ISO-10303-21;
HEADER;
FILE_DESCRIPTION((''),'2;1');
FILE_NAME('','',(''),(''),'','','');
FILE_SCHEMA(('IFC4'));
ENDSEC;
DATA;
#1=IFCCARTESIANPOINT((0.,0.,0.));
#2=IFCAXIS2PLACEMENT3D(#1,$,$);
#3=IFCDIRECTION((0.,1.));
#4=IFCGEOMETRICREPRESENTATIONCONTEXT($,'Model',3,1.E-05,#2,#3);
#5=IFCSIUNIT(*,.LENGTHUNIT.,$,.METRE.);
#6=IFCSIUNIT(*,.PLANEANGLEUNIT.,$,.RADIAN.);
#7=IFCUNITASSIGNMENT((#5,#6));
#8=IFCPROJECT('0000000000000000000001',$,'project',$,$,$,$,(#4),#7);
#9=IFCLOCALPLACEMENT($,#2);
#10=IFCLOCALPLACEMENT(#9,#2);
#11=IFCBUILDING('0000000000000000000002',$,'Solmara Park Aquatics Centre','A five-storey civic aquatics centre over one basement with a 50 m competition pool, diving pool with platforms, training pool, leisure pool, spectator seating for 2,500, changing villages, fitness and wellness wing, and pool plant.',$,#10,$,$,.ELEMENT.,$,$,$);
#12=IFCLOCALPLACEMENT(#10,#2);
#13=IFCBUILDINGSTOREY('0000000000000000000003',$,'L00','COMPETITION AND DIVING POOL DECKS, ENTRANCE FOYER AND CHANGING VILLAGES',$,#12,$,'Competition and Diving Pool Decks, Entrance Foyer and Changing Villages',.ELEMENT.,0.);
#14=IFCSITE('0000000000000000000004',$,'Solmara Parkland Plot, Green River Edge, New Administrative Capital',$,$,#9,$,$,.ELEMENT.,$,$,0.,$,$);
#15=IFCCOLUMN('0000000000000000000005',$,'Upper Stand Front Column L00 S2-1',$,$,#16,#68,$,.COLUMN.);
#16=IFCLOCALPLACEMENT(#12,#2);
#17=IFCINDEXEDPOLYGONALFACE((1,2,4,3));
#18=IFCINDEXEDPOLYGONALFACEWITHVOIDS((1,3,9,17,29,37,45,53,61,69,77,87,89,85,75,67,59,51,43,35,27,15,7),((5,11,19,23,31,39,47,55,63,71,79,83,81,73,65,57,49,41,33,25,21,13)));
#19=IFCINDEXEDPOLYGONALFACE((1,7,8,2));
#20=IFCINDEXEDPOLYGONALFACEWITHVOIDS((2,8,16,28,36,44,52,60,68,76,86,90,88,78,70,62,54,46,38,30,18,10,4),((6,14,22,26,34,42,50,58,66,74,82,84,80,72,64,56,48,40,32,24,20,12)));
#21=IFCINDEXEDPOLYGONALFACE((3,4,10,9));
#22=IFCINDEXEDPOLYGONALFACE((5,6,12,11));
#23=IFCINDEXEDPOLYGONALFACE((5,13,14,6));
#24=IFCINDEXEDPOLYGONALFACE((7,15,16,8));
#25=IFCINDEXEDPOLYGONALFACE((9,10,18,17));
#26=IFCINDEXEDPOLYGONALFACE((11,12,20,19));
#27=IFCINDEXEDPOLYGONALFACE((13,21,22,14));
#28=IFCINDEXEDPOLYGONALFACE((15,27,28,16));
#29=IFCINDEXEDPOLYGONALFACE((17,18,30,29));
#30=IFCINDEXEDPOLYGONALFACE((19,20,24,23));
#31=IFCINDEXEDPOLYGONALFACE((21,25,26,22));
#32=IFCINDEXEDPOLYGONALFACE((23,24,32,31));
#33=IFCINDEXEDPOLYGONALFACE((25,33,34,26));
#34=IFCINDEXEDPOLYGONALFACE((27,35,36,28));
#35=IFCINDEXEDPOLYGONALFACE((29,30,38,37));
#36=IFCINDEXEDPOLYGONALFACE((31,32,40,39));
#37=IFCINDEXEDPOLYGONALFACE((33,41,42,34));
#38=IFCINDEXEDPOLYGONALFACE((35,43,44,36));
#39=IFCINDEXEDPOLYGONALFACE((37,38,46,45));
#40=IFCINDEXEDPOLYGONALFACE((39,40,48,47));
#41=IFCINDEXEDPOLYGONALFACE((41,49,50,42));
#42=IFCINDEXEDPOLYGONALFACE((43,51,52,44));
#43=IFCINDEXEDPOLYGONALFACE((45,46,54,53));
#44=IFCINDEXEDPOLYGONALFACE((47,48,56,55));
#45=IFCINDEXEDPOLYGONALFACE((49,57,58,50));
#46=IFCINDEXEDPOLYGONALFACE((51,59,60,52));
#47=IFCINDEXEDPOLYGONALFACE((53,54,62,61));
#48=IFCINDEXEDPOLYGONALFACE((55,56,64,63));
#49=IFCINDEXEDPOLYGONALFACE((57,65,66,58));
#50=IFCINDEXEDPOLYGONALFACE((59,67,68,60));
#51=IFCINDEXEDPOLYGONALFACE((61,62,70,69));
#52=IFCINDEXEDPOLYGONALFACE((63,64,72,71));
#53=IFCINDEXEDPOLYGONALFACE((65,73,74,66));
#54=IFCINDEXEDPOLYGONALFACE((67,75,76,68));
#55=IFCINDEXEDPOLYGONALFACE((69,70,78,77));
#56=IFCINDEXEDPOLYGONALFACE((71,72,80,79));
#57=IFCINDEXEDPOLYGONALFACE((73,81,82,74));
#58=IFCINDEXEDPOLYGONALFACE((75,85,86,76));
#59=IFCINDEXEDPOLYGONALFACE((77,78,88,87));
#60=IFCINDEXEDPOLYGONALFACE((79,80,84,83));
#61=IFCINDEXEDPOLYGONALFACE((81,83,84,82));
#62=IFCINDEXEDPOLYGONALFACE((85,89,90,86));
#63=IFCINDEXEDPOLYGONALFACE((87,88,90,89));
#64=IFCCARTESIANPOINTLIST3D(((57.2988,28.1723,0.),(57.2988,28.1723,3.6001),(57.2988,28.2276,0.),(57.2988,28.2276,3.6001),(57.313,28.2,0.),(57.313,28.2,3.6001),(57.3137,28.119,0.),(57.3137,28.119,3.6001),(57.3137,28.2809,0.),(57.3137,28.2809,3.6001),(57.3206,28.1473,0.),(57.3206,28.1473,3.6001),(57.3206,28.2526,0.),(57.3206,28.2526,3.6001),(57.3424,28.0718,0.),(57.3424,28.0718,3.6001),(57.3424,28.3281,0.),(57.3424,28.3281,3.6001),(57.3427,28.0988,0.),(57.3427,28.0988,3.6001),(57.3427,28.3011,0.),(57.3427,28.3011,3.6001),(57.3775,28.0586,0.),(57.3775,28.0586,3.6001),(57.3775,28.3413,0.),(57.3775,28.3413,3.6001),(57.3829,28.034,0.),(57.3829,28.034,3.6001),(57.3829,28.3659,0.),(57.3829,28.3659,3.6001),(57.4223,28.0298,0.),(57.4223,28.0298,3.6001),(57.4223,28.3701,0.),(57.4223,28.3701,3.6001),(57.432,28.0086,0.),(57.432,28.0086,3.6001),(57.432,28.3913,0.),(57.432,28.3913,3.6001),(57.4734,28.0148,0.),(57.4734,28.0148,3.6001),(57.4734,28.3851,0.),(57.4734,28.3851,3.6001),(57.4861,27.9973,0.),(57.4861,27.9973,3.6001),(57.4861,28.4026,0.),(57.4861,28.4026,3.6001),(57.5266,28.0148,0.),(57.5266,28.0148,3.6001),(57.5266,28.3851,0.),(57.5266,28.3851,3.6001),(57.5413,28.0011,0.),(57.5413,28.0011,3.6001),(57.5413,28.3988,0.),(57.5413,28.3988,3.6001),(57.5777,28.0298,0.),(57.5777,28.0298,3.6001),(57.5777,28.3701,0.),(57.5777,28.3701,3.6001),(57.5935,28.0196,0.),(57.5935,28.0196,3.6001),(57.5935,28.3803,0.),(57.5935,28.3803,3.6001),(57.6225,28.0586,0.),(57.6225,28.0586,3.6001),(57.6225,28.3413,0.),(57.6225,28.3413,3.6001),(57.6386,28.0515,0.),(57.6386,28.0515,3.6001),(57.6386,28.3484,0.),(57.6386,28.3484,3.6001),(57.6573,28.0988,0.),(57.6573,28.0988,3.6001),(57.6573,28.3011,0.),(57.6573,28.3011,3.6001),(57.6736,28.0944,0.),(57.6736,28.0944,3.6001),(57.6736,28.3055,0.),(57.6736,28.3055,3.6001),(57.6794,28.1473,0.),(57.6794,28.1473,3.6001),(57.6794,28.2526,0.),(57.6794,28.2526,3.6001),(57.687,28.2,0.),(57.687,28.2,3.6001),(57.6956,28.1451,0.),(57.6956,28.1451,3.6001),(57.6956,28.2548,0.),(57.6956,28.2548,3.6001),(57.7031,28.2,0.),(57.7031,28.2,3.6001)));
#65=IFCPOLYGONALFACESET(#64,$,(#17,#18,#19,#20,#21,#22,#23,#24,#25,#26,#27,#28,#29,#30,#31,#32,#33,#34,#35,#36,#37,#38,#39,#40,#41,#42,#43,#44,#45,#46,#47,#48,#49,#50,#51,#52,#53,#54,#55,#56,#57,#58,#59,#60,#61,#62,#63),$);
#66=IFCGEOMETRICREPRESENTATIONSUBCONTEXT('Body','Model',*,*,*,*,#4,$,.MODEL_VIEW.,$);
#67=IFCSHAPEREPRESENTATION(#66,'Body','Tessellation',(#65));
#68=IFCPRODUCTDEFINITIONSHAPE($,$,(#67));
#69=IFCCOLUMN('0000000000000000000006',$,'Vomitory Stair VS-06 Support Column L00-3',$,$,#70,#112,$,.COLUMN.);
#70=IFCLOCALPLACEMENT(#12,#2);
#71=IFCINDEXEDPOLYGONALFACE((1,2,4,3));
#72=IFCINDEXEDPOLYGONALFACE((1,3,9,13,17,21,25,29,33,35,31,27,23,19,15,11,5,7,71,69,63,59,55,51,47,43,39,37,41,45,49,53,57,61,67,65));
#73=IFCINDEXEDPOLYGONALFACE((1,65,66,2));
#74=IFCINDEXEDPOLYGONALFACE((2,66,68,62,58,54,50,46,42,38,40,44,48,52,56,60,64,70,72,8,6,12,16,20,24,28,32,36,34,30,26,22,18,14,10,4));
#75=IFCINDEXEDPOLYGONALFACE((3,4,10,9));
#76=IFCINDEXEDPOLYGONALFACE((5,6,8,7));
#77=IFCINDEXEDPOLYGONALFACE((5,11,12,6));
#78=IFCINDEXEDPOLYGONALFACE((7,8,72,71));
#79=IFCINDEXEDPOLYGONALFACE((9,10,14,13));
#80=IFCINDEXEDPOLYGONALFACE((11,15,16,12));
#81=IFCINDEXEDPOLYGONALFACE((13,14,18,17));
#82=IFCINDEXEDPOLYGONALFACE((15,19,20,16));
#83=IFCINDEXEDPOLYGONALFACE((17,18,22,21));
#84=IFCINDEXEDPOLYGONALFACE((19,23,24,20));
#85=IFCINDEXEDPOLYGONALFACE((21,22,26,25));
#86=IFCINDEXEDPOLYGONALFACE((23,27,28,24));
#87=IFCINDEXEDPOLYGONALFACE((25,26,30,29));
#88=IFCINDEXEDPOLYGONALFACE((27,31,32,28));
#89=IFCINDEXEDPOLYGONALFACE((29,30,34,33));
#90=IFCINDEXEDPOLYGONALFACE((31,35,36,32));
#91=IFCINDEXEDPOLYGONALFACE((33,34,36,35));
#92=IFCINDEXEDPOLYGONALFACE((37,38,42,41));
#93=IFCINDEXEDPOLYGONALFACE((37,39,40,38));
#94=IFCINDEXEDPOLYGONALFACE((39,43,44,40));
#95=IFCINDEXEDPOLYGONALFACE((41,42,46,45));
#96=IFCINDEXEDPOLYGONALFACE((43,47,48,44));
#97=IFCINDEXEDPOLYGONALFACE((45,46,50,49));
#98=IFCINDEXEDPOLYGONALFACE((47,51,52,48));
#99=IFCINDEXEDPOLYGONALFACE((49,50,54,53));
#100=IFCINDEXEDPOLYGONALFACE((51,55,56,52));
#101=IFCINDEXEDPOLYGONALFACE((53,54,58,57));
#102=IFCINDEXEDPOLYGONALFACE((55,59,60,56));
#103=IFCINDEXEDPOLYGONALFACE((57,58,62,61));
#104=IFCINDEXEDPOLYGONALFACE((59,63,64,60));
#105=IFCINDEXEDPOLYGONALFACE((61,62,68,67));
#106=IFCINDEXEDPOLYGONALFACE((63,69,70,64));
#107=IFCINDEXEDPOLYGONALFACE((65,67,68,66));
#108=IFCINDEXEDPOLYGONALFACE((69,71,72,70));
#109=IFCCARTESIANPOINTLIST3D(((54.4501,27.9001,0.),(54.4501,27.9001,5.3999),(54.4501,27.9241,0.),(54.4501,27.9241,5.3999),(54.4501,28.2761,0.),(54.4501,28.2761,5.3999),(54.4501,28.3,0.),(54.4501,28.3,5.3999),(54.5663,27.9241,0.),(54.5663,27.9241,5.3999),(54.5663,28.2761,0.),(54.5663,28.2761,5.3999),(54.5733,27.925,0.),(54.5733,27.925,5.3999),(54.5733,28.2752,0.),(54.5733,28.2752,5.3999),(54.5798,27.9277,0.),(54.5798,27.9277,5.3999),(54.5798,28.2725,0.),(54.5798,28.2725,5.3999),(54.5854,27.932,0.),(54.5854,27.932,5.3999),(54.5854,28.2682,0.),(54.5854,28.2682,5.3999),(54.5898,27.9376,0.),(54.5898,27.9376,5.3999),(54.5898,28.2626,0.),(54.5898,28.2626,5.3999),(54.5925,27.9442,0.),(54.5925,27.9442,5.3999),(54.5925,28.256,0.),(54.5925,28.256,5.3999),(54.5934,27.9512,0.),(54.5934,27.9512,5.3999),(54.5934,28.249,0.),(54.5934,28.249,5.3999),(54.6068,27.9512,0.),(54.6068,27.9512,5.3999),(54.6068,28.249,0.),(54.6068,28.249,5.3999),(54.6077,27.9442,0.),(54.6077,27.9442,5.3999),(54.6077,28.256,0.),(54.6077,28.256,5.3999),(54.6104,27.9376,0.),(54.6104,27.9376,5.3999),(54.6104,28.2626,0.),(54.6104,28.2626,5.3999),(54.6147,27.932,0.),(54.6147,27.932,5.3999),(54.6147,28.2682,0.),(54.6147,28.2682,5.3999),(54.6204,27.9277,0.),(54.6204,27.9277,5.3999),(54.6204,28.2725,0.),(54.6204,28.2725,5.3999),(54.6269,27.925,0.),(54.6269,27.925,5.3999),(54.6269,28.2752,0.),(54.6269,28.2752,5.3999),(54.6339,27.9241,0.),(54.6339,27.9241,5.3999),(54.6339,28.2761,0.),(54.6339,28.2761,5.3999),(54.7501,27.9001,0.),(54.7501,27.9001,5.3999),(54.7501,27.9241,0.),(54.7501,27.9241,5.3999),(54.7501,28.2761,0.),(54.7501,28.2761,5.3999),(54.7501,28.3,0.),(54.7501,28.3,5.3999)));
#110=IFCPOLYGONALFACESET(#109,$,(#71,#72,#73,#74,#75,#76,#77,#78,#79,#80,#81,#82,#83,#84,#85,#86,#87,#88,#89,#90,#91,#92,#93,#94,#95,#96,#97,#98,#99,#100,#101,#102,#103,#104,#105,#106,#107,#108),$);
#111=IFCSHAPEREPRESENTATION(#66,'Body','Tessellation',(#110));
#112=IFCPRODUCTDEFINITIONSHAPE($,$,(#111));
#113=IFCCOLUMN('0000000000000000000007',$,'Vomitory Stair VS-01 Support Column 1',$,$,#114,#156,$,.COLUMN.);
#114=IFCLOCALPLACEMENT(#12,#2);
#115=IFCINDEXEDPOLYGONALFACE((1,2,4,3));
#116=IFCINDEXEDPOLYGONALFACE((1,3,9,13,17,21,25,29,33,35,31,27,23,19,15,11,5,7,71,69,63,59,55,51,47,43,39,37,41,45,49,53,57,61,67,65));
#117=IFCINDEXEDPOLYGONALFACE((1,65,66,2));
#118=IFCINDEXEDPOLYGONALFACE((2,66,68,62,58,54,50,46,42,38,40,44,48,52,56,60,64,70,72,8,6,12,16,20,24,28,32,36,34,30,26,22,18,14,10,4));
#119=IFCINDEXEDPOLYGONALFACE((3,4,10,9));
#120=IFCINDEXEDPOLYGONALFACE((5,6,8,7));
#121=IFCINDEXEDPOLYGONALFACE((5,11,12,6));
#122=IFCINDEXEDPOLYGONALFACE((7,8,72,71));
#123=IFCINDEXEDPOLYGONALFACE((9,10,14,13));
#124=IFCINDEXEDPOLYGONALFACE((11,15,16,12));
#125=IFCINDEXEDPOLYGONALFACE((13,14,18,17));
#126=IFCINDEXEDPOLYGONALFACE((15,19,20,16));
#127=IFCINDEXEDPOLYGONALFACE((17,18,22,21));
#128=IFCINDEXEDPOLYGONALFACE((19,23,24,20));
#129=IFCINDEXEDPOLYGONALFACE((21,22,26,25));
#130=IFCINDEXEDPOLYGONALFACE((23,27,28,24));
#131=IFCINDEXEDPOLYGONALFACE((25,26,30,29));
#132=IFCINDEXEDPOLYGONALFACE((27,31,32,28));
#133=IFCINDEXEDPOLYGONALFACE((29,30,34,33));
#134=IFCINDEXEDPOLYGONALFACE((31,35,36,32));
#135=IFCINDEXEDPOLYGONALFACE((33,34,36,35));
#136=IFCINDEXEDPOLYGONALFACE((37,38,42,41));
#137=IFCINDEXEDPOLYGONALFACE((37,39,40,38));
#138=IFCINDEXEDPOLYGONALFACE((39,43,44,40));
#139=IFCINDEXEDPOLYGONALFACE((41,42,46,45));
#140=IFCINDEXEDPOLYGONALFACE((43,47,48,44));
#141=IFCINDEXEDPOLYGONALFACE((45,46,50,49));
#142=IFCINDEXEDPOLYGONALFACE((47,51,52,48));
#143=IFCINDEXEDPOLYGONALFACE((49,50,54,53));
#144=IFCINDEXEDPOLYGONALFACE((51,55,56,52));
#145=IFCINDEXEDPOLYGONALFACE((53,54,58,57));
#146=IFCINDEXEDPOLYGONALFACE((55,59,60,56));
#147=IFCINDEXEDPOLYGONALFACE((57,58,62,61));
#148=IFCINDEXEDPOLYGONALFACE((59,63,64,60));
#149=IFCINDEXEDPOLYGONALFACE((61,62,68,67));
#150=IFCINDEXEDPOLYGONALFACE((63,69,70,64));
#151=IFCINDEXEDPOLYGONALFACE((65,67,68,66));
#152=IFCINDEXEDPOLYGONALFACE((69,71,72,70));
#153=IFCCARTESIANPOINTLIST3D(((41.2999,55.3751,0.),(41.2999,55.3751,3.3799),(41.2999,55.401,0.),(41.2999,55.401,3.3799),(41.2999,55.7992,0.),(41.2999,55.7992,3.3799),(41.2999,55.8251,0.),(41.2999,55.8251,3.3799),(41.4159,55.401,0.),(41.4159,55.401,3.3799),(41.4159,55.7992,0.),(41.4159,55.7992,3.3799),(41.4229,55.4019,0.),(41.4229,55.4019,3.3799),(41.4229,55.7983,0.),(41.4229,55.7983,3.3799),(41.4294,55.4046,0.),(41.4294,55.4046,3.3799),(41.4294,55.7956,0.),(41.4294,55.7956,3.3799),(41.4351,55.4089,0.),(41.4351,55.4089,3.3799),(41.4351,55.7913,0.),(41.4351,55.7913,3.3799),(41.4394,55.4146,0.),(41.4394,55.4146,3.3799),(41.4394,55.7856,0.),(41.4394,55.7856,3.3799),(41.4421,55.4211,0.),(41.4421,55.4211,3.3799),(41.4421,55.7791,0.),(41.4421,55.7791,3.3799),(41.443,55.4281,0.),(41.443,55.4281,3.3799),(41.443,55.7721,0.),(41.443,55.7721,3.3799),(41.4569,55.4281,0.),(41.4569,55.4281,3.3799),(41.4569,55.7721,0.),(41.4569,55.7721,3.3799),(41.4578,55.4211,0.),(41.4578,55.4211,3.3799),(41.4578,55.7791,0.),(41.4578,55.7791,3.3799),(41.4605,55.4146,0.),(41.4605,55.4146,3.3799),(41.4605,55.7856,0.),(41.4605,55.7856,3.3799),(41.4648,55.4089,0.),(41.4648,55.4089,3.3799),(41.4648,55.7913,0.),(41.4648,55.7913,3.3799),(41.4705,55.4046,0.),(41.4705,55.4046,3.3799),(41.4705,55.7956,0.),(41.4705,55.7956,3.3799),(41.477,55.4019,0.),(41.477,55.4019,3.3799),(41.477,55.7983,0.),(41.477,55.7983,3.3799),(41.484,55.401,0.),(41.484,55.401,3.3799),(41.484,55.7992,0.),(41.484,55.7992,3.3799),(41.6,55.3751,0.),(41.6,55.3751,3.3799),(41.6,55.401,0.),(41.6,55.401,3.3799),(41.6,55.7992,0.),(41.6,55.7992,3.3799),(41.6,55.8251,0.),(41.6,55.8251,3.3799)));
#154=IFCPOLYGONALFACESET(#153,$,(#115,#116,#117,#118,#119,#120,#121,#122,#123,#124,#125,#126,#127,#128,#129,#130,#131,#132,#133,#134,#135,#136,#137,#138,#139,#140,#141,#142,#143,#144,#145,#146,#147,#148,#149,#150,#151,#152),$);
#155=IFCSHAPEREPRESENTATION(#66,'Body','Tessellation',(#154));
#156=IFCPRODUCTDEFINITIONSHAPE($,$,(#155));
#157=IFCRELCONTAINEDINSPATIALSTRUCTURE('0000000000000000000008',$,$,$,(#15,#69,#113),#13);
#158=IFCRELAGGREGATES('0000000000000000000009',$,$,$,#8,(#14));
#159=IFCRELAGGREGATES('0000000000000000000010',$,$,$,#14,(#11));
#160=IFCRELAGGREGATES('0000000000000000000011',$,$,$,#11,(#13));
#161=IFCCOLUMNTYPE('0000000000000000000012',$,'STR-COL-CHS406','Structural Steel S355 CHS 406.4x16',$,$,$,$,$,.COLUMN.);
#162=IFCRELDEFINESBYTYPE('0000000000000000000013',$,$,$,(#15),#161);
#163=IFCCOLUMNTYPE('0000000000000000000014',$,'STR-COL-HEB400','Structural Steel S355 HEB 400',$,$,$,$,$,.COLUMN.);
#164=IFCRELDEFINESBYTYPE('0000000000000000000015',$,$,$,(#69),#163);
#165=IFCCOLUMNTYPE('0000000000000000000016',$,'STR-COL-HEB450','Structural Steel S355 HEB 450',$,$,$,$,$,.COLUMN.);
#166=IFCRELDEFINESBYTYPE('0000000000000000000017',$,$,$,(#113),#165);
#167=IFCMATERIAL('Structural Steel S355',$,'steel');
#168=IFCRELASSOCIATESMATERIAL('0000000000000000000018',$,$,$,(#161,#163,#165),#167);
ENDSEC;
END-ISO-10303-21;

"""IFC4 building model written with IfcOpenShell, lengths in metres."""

from ifc_helpers import new_model, si_unit, direction, frame, origin, origin_2d, place, context, subcontext, project, spatial, hollow_circle, i_section, extrude, material, material_profile, profile_set, type_object, element, save


model = new_model("IFC4")

# Units and contexts
model_context = context("Model", 3, precision=1e-05, world=origin(), true_north=direction((0.0, 1.0)))
body_context = subcontext(model_context, "Body", "Model", "MODEL_VIEW")
ifc_project = project(units=[si_unit("LENGTHUNIT", "METRE"), si_unit("PLANEANGLEUNIT", "RADIAN")], contexts=[model_context])

# Site, building, storey
site_placement = place(None, origin())
site = spatial("IfcSite", under=ifc_project, at=site_placement, Name="Solmara Parkland Plot, Green River Edge, New Administrative Capital", CompositionType="ELEMENT", RefElevation=0.0)
building_placement = place(site_placement, origin())
building = spatial("IfcBuilding", under=site, at=building_placement, Name="Solmara Park Aquatics Centre", Description="A five-storey civic aquatics centre over one basement with a 50 m competition pool, diving pool with platforms, training pool, leisure pool, spectator seating for 2,500, changing villages, fitness and wellness wing, and pool plant.", CompositionType="ELEMENT")
storey_placement = place(building_placement, origin())
storey = spatial("IfcBuildingStorey", under=building, at=storey_placement, Name="L00", Description="COMPETITION AND DIVING POOL DECKS, ENTRANCE FOYER AND CHANGING VILLAGES", LongName="Competition and Diving Pool Decks, Entrance Foyer and Changing Villages", CompositionType="ELEMENT", Elevation=0.0)

# Columns
ifc_material_1 = material(Name="Structural Steel S355", Category="steel")
ifc_material_profile_1 = material_profile(ifc_material_1, hollow_circle(Radius=0.2031, WallThickness=0.0161, at=origin_2d()), Name="CHS 406.4x16")
ifc_profile_set_1 = profile_set([ifc_material_profile_1], Name="Structural Steel S355")
column_type_1 = type_object("IfcColumnType", Name="STR-COL-CHS406", Description="Structural Steel S355 CHS 406.4x16", PredefinedType="COLUMN", material=ifc_profile_set_1)
for number, where, z_axis, x_axis, name in (
    (1, (57.5, 28.2, 0.0), (0.0, 0.0, 1.0), (1.0, 0.0, 0.0), "Upper Stand Front Column L00 S2-1"),
):
    element("IfcColumn", number, at=place(storey_placement, frame(where, z_axis=z_axis, x_axis=x_axis)), inside=storey, type_object=column_type_1, Name=name, PredefinedType="COLUMN", context=body_context, shape_type="SweptSolid", body=[
        extrude(hollow_circle(Radius=0.2031, WallThickness=0.0161, at=origin_2d()), origin(), (0.0, 0.0, 1.0), 3.6001),
    ])
ifc_material_profile_2 = material_profile(ifc_material_1, i_section(OverallWidth=0.3, OverallDepth=0.3999, WebThickness=0.0134, FlangeThickness=0.0239, FilletRadius=0.0271, at=origin_2d()), Name="HEB 400")
ifc_profile_set_2 = profile_set([ifc_material_profile_2], Name="Structural Steel S355")
column_type_2 = type_object("IfcColumnType", Name="STR-COL-HEB400", Description="Structural Steel S355 HEB 400", PredefinedType="COLUMN", material=ifc_profile_set_2)
column_1_placement = place(storey_placement, frame((54.6001, 28.1001, 0.0), z_axis=(0.0, 0.0, 1.0), x_axis=(1.0, 0.0, 0.0)))
element("IfcColumn", 2, at=column_1_placement, inside=storey, type_object=column_type_2, Name="Vomitory Stair VS-06 Support Column L00-3", PredefinedType="COLUMN", context=body_context, shape_type="SweptSolid", body=[
    extrude(i_section(OverallWidth=0.3, OverallDepth=0.3999, WebThickness=0.0134, FlangeThickness=0.0239, FilletRadius=0.0271, at=origin_2d()), origin(), (0.0, 0.0, 1.0), 5.3999),
])
ifc_material_profile_3 = material_profile(ifc_material_1, i_section(OverallWidth=0.3, OverallDepth=0.45, WebThickness=0.0139, FlangeThickness=0.0259, FilletRadius=0.0271, at=origin_2d()), Name="HEB 450")
ifc_profile_set_3 = profile_set([ifc_material_profile_3], Name="Structural Steel S355")
column_type_3 = type_object("IfcColumnType", Name="STR-COL-HEB450", Description="Structural Steel S355 HEB 450", PredefinedType="COLUMN", material=ifc_profile_set_3)
for number, where, z_axis, x_axis, name in (
    (3, (41.45, 55.6001, 0.0), (0.0, 0.0, 1.0), (1.0, 0.0, 0.0), "Vomitory Stair VS-01 Support Column 1"),
):
    element("IfcColumn", number, at=place(storey_placement, frame(where, z_axis=z_axis, x_axis=x_axis)), inside=storey, type_object=column_type_3, Name=name, PredefinedType="COLUMN", context=body_context, shape_type="SweptSolid", body=[
        extrude(i_section(OverallWidth=0.3, OverallDepth=0.45, WebThickness=0.0139, FlangeThickness=0.0259, FilletRadius=0.0271, at=origin_2d()), origin(), (0.0, 0.0, 1.0), 3.3799),
    ])

save(model, "model.ifc")
